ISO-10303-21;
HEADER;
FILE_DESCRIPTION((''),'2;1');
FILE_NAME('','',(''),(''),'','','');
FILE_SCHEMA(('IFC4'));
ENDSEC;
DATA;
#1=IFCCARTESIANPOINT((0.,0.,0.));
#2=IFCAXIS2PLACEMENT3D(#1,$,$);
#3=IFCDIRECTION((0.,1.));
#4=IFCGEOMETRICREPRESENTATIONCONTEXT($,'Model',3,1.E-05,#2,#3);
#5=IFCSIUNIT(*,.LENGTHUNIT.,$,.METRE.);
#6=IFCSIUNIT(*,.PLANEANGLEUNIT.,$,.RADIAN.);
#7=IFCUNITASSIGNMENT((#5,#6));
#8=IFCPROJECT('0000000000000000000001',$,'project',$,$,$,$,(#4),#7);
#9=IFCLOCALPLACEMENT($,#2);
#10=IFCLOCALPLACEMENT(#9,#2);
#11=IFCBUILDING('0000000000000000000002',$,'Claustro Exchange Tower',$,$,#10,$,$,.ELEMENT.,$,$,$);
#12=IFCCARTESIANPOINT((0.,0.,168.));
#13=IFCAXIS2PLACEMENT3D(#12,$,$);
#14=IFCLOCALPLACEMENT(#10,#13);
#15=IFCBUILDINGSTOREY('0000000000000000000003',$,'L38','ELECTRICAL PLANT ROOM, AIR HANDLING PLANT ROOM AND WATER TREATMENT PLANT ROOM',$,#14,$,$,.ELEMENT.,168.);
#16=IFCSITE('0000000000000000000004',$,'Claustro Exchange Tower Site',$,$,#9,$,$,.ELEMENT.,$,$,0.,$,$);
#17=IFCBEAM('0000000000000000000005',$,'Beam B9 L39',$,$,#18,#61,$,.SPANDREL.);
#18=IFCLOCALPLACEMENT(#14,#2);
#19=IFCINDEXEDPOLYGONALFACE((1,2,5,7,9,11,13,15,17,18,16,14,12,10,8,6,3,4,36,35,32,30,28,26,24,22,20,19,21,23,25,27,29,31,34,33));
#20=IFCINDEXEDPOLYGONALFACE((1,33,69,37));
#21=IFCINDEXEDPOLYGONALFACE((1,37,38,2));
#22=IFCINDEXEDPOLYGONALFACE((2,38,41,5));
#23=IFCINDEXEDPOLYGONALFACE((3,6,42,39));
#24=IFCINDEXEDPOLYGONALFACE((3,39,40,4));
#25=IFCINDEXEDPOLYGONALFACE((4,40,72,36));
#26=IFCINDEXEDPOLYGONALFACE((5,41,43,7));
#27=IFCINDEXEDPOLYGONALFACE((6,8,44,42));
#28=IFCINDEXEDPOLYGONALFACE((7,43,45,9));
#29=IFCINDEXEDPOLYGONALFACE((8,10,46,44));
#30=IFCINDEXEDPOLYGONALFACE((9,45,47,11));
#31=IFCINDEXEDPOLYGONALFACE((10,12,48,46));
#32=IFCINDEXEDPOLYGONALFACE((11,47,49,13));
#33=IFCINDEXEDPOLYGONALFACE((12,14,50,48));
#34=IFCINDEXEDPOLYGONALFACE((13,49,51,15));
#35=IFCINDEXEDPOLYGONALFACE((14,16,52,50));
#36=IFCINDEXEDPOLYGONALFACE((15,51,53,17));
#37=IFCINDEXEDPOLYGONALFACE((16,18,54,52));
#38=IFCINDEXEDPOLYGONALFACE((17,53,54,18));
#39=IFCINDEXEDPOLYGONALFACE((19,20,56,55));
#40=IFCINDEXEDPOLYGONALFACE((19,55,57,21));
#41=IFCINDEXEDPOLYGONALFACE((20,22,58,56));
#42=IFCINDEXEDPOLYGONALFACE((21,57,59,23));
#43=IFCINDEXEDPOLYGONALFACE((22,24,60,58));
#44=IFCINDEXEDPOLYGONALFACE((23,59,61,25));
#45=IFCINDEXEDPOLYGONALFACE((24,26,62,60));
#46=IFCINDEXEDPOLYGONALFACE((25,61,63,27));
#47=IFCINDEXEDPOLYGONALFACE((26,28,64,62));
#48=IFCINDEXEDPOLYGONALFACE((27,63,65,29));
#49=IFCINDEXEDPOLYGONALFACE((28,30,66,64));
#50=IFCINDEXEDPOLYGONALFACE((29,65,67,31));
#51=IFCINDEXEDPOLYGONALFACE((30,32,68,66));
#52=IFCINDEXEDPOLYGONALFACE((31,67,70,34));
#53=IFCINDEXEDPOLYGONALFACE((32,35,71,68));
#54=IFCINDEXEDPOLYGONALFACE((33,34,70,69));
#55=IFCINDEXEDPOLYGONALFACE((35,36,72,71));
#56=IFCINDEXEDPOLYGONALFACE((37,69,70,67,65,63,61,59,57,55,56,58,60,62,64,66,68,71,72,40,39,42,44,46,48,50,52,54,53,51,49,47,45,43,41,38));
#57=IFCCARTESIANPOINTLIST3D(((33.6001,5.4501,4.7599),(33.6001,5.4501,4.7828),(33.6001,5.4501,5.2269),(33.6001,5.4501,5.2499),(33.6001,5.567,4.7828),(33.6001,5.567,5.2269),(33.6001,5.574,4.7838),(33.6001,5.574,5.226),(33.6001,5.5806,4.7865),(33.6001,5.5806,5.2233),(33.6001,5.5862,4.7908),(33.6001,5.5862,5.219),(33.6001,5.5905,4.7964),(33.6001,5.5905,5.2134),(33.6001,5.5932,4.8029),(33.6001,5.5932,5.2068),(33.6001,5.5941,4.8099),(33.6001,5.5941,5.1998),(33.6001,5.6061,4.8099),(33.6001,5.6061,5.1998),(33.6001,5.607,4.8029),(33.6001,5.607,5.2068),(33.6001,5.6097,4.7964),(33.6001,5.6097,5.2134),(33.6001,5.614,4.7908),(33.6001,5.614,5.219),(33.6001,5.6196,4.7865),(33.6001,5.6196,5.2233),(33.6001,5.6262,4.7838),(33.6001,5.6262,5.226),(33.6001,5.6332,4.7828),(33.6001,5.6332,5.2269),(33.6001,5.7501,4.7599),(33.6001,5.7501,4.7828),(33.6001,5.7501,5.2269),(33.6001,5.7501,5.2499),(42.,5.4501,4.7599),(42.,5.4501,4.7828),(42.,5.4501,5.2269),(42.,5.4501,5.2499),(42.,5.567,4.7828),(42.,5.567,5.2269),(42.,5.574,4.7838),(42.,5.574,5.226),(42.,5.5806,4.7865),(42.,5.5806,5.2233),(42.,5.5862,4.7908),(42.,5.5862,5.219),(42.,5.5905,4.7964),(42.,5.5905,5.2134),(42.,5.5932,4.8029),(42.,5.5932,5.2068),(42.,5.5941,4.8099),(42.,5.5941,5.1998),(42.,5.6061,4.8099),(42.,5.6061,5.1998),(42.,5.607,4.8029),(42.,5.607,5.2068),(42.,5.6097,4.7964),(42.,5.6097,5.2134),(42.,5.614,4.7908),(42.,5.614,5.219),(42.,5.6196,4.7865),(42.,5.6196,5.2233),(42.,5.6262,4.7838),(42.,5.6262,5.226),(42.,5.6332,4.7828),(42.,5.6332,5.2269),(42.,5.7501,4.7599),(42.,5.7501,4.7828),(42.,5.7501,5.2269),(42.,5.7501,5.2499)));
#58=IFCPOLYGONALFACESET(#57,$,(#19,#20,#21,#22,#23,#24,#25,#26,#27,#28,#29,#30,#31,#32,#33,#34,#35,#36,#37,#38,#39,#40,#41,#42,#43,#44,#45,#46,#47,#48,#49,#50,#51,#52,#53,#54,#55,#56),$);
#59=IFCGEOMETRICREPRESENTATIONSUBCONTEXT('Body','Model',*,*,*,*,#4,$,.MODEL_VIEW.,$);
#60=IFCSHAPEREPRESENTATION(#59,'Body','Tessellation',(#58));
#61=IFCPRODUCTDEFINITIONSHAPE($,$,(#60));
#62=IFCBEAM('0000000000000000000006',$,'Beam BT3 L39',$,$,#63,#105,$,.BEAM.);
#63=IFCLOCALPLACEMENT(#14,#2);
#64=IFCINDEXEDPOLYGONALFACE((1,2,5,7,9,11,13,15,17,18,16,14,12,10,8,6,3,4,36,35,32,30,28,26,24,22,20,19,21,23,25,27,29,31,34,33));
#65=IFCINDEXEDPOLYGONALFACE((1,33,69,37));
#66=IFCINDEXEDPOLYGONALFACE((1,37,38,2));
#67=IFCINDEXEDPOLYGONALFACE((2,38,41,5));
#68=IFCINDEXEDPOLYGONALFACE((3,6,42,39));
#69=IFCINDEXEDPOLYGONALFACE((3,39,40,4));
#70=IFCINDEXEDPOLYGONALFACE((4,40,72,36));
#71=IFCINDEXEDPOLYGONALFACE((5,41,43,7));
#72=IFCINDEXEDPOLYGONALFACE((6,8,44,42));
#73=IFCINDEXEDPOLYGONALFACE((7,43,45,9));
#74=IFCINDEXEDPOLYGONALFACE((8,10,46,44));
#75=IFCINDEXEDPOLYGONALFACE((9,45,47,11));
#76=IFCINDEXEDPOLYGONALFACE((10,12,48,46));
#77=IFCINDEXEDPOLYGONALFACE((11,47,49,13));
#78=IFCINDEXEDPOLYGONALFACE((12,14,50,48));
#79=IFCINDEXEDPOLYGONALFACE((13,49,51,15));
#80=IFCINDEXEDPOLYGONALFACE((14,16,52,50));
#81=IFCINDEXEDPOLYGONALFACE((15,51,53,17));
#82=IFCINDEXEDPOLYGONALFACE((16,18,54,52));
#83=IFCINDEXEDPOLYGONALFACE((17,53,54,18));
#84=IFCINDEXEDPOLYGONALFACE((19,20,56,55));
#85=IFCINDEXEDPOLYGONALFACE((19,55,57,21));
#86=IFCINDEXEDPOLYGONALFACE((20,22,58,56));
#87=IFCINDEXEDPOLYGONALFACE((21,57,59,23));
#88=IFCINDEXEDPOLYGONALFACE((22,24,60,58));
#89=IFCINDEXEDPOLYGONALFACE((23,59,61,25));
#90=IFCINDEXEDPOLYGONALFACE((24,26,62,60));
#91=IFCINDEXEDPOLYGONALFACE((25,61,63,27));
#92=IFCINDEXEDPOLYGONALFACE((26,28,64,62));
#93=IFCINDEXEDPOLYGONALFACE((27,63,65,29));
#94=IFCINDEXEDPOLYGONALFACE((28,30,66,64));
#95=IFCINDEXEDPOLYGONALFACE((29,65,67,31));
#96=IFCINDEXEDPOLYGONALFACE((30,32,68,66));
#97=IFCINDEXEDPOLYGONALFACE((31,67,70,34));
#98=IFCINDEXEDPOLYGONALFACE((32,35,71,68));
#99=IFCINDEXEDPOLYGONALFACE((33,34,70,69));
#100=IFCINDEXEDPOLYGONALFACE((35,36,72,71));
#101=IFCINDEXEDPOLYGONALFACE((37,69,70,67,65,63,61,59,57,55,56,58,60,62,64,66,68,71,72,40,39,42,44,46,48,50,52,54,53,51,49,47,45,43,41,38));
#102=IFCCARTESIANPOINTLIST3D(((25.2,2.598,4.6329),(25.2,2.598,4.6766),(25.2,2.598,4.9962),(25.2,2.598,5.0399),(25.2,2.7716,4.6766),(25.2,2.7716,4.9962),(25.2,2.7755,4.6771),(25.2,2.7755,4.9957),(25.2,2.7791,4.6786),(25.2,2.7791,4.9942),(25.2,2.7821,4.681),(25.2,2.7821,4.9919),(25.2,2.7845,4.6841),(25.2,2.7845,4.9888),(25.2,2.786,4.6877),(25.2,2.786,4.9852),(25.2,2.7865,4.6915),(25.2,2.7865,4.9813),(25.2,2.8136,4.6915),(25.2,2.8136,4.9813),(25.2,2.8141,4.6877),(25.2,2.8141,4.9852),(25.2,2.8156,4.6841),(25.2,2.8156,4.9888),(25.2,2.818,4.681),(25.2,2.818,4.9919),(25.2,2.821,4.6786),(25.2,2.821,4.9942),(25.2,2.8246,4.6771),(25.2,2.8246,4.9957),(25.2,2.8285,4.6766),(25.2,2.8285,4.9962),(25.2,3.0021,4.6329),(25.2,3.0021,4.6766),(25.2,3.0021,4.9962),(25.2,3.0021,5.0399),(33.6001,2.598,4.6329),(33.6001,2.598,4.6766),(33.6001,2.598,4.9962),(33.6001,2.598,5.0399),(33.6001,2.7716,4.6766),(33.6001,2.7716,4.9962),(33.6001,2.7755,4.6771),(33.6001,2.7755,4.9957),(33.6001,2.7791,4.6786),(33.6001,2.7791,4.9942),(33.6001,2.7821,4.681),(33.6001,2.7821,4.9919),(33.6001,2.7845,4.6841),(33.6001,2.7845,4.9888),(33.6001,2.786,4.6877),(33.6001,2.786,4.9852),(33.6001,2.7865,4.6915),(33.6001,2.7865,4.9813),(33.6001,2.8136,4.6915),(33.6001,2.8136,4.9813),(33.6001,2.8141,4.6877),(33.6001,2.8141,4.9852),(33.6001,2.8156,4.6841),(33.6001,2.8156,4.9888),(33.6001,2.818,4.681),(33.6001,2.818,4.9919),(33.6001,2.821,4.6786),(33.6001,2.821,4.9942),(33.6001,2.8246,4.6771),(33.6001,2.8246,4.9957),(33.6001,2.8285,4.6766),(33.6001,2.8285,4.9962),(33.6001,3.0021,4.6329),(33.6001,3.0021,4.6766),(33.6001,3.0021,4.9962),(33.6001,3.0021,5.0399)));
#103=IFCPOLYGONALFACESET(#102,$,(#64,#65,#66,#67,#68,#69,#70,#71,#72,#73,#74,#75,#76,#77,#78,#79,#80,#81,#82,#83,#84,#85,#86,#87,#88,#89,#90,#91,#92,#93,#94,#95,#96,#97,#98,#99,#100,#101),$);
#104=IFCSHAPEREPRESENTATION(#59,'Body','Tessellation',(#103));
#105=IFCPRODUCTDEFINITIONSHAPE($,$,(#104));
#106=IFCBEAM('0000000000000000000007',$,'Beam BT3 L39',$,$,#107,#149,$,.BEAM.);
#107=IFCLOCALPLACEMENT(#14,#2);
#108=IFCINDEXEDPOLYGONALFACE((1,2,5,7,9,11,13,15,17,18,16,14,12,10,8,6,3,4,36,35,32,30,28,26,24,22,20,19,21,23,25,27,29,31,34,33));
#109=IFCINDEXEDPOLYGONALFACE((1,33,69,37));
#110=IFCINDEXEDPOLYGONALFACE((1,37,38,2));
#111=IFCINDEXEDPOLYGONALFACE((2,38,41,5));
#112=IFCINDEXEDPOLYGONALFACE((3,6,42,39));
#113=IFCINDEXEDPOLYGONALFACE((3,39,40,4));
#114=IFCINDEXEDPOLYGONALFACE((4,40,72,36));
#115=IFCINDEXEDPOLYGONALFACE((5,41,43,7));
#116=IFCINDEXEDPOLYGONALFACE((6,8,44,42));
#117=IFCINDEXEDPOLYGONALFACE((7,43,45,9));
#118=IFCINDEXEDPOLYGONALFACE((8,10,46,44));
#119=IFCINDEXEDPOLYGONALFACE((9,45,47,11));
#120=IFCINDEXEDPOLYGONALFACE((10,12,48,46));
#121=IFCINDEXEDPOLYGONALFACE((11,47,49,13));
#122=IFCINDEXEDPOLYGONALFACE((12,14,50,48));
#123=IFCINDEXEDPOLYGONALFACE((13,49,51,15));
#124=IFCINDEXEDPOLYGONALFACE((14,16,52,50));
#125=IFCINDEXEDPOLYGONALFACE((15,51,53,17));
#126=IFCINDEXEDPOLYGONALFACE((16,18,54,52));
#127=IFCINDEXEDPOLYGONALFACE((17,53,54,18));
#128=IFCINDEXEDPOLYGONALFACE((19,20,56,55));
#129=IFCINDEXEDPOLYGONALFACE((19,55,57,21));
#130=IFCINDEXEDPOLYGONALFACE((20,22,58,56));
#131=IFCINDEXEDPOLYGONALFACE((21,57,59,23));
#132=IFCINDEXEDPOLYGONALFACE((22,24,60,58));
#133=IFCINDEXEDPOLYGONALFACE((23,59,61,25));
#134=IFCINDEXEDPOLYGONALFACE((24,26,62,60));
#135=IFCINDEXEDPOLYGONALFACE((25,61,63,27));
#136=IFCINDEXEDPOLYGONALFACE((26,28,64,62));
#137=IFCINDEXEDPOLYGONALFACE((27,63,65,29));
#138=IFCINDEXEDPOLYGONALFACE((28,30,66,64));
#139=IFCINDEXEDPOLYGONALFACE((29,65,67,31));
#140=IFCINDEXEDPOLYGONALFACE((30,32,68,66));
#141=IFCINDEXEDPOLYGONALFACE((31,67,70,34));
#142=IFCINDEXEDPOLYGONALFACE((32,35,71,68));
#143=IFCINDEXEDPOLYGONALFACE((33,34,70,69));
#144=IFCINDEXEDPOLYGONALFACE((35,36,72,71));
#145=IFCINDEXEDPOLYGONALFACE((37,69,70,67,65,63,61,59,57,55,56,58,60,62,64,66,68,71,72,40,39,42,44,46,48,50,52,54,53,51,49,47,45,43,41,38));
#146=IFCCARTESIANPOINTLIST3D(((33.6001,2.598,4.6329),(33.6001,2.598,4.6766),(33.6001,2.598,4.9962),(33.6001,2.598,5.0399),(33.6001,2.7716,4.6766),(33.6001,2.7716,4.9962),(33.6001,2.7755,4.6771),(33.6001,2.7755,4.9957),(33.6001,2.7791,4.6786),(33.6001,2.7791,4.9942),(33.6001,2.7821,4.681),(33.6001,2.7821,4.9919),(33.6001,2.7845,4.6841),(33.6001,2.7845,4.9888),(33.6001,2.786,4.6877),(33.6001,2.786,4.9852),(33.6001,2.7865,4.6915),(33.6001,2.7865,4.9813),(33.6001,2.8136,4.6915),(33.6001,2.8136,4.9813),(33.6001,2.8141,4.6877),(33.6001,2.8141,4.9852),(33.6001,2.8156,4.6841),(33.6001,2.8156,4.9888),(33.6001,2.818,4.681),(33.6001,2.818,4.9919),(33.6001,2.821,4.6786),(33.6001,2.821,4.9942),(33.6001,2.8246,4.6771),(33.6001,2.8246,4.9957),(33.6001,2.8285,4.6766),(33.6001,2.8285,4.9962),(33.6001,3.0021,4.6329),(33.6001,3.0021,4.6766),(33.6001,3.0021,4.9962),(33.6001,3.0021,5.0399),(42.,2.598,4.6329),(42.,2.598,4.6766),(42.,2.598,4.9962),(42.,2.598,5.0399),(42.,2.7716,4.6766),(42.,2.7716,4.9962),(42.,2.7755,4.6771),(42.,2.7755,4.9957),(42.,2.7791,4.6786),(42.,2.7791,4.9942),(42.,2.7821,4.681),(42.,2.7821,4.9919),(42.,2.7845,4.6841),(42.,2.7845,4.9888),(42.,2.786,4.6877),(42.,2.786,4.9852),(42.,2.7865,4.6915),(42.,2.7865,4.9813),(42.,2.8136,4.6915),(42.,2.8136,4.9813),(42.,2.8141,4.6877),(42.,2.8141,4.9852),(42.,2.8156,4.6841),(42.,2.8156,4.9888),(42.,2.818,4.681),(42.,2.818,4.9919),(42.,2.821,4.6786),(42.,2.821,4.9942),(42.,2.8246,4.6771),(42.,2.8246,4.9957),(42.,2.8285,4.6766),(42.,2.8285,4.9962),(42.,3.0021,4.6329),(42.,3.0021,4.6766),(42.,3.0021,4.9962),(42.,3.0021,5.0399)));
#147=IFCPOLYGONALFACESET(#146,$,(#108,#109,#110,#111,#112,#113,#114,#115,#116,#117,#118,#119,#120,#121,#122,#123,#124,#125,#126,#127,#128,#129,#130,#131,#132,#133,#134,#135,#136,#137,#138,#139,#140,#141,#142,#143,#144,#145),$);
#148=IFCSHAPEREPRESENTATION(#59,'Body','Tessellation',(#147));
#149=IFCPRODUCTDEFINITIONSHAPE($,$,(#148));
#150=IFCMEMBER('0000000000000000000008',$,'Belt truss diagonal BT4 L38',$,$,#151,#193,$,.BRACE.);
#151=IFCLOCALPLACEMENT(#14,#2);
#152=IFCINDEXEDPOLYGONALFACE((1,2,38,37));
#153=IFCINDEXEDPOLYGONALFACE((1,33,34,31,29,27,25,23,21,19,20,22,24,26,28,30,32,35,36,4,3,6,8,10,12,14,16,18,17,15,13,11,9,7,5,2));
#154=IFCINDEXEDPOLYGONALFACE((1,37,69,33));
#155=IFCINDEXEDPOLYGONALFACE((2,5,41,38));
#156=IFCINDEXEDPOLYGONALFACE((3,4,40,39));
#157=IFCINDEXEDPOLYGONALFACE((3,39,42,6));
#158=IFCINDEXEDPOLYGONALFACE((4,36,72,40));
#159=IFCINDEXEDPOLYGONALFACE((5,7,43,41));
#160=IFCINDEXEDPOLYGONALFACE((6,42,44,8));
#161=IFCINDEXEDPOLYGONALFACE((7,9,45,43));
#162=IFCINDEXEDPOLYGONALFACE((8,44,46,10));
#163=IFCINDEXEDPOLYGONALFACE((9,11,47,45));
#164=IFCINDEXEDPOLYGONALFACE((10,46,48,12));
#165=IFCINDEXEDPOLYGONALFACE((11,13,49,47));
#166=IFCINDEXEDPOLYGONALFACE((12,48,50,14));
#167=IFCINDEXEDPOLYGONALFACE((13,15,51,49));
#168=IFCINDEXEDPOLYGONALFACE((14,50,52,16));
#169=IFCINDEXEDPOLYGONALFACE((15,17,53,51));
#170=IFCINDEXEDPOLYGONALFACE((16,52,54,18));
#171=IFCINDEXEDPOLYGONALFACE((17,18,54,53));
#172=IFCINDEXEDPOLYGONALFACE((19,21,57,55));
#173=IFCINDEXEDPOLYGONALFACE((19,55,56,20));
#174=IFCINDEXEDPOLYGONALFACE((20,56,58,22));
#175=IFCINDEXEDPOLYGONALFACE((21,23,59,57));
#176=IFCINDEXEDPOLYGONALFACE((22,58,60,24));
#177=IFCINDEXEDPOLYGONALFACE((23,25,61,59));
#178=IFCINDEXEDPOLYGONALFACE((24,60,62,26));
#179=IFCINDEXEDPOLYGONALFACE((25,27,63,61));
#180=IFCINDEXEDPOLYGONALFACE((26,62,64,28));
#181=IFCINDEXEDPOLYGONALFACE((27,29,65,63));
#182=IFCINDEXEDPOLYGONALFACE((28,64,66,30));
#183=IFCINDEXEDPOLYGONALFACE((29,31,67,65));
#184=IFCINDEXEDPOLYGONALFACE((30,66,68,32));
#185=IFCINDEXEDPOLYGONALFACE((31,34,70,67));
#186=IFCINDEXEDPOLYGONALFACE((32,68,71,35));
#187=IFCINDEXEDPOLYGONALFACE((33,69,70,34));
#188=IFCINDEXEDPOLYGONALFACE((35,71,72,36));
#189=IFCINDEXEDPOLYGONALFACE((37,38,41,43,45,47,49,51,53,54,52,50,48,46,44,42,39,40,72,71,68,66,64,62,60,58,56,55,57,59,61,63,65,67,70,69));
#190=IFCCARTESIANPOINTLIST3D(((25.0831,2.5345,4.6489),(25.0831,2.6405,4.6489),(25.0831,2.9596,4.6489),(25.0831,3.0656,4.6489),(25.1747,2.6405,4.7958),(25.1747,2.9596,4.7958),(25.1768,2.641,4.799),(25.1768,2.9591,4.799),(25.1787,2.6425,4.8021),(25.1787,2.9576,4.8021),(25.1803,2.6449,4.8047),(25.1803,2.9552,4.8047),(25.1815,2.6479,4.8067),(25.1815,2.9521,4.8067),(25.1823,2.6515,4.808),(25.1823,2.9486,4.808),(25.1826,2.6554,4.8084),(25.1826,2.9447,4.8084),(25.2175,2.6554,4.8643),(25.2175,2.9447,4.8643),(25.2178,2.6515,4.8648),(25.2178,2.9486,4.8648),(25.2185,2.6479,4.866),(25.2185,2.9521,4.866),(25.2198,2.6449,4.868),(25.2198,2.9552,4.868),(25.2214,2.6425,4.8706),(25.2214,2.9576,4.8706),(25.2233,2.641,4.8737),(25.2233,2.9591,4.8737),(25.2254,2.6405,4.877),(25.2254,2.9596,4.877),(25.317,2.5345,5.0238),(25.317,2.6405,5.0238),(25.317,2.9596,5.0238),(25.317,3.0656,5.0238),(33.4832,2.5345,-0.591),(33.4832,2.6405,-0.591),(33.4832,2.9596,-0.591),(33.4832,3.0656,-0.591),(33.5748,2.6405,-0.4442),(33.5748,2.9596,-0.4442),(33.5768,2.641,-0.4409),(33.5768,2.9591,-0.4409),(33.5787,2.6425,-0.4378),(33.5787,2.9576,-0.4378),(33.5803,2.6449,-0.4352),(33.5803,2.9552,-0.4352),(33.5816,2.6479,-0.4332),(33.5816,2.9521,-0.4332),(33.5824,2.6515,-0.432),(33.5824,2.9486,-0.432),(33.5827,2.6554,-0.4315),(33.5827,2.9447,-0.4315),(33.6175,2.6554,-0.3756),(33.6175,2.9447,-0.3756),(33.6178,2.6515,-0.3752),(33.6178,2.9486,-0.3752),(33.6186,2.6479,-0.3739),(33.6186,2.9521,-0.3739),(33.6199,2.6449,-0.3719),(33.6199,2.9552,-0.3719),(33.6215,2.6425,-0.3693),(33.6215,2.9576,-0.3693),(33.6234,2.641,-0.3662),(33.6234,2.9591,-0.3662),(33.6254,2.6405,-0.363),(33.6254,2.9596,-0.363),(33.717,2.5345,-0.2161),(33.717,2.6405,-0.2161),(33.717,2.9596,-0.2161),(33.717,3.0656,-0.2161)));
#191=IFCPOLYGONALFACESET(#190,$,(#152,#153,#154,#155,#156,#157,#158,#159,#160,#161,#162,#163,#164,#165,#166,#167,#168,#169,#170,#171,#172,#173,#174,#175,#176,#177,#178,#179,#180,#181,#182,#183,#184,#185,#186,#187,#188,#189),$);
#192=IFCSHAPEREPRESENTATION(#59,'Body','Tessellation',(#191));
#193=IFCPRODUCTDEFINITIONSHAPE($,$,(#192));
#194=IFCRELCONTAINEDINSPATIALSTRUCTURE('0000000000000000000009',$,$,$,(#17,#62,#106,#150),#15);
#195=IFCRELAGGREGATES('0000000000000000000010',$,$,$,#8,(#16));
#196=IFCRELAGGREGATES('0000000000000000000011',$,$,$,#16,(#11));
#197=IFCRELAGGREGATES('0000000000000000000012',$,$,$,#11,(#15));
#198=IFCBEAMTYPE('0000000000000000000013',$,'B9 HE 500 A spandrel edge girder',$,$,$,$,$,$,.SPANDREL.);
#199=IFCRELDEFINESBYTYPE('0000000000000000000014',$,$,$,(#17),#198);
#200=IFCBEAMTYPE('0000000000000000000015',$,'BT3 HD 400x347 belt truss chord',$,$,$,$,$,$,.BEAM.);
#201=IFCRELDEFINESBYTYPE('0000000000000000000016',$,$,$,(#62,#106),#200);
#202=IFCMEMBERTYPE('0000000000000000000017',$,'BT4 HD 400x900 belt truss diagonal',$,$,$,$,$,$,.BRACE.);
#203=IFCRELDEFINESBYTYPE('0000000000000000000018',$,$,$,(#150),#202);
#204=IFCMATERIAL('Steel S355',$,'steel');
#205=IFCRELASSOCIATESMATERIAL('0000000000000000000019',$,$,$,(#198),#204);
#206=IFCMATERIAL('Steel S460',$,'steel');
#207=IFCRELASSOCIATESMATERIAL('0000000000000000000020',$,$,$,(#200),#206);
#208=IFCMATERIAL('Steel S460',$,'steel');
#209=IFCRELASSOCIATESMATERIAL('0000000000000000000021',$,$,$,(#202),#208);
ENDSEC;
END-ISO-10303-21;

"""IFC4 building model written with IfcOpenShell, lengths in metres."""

from ifc_helpers import new_model, si_unit, direction, frame, origin, origin_2d, place, context, subcontext, project, spatial, i_section, extrude, material, material_profile, profile_set, type_object, element, save


model = new_model("IFC4")

# Units and contexts
model_context = context("Model", 3, precision=1e-05, world=origin(), true_north=direction((0.0, 1.0)))
body_context = subcontext(model_context, "Body", "Model", "MODEL_VIEW")
ifc_project = project(units=[si_unit("LENGTHUNIT", "METRE"), si_unit("PLANEANGLEUNIT", "RADIAN")], contexts=[model_context])

# Site, building, storey
site_placement = place(None, origin())
site = spatial("IfcSite", under=ifc_project, at=site_placement, Name="Claustro Exchange Tower Site", CompositionType="ELEMENT", RefElevation=0.0)
building_placement = place(site_placement, origin())
building = spatial("IfcBuilding", under=site, at=building_placement, Name="Claustro Exchange Tower", CompositionType="ELEMENT")
storey_placement = place(building_placement, frame((0.0, 0.0, 168.0)))
storey = spatial("IfcBuildingStorey", under=building, at=storey_placement, Name="L38", Description="ELECTRICAL PLANT ROOM, AIR HANDLING PLANT ROOM AND WATER TREATMENT PLANT ROOM", CompositionType="ELEMENT", Elevation=168.0)

# Beams
ifc_material_1 = material(Name="Steel S355", Category="steel")
ifc_material_profile_1 = material_profile(ifc_material_1, i_section(OverallWidth=0.3, OverallDepth=0.49, WebThickness=0.012, FlangeThickness=0.0229, FilletRadius=0.0271, at=origin_2d()), Name="HE 500 A")
ifc_profile_set_1 = profile_set([ifc_material_profile_1], Name="Steel S355")
beam_type_1 = type_object("IfcBeamType", Name="B9 HE 500 A spandrel edge girder", PredefinedType="SPANDREL", material=ifc_profile_set_1)
beam_1_placement = place(storey_placement, frame((33.6001, 5.6001, 5.0049), z_axis=(1.0, 0.0, 0.0), x_axis=(0.0, 1.0, 0.0)))
element("IfcBeam", 1, at=beam_1_placement, inside=storey, type_object=beam_type_1, Name="Beam B9 L39", PredefinedType="SPANDREL", context=body_context, shape_type="SweptSolid", body=[
    extrude(i_section(OverallWidth=0.3, OverallDepth=0.49, WebThickness=0.012, FlangeThickness=0.0229, FilletRadius=0.0271, at=origin_2d()), origin(), (0.0, 0.0, 1.0), 8.3999),
])
ifc_material_2 = material(Name="Steel S460", Category="steel")
ifc_material_profile_2 = material_profile(ifc_material_2, i_section(OverallWidth=0.4041, OverallDepth=0.407, WebThickness=0.0271, FlangeThickness=0.0437, FilletRadius=0.0149, at=origin_2d()), Name="HD 400x347")
ifc_profile_set_2 = profile_set([ifc_material_profile_2], Name="Steel S460")
beam_type_2 = type_object("IfcBeamType", Name="BT3 HD 400x347 belt truss chord", PredefinedType="BEAM", material=ifc_profile_set_2)
beam_2_placement = place(storey_placement, frame((25.2, 2.8, 4.8364), z_axis=(1.0, 0.0, 0.0), x_axis=(0.0, 1.0, 0.0)))
element("IfcBeam", 2, at=beam_2_placement, inside=storey, type_object=beam_type_2, Name="Beam BT3 L39", PredefinedType="BEAM", context=body_context, shape_type="SweptSolid", body=[
    extrude(i_section(OverallWidth=0.4041, OverallDepth=0.407, WebThickness=0.0271, FlangeThickness=0.0437, FilletRadius=0.0149, at=origin_2d()), origin(), (0.0, 0.0, 1.0), 8.4001),
])
beam_3_placement = place(storey_placement, frame((33.6001, 2.8, 4.8364), z_axis=(1.0, 0.0, 0.0), x_axis=(0.0, 1.0, 0.0)))
element("IfcBeam", 3, at=beam_3_placement, inside=storey, type_object=beam_type_2, Name="Beam BT3 L39", PredefinedType="BEAM", context=body_context, shape_type="SweptSolid", body=[
    extrude(i_section(OverallWidth=0.4041, OverallDepth=0.407, WebThickness=0.0271, FlangeThickness=0.0437, FilletRadius=0.0149, at=origin_2d()), origin(), (0.0, 0.0, 1.0), 8.3999),
])

# Member
ifc_material_3 = material(Name="Steel S460", Category="steel")
ifc_material_profile_3 = material_profile(ifc_material_3, i_section(OverallWidth=0.4419, OverallDepth=0.531, WebThickness=0.0659, FlangeThickness=0.106, FilletRadius=0.0149, at=origin_2d()), Name="HD 400x900")
ifc_profile_set_3 = profile_set([ifc_material_profile_3], Name="Steel S460")
member_type = type_object("IfcMemberType", Name="BT4 HD 400x900 belt truss diagonal", PredefinedType="BRACE", material=ifc_profile_set_3)
for number, where, z_axis, x_axis, name in (
    (4, (33.6001, 2.8, -0.4036), (-0.848457, 0.0, 0.529265), (0.529265, 0.0, 0.848457), "Belt truss diagonal BT4 L38"),
):
    element("IfcMember", number, at=place(storey_placement, frame(where, z_axis=z_axis, x_axis=x_axis)), inside=storey, type_object=member_type, Name=name, PredefinedType="BRACE", context=body_context, shape_type="SweptSolid", body=[
        extrude(i_section(OverallWidth=0.4419, OverallDepth=0.531, WebThickness=0.0659, FlangeThickness=0.106, FilletRadius=0.0149, at=origin_2d()), origin(), (0.0, 0.0, 1.0), 9.9004),
    ])

save(model, "model.ifc")
